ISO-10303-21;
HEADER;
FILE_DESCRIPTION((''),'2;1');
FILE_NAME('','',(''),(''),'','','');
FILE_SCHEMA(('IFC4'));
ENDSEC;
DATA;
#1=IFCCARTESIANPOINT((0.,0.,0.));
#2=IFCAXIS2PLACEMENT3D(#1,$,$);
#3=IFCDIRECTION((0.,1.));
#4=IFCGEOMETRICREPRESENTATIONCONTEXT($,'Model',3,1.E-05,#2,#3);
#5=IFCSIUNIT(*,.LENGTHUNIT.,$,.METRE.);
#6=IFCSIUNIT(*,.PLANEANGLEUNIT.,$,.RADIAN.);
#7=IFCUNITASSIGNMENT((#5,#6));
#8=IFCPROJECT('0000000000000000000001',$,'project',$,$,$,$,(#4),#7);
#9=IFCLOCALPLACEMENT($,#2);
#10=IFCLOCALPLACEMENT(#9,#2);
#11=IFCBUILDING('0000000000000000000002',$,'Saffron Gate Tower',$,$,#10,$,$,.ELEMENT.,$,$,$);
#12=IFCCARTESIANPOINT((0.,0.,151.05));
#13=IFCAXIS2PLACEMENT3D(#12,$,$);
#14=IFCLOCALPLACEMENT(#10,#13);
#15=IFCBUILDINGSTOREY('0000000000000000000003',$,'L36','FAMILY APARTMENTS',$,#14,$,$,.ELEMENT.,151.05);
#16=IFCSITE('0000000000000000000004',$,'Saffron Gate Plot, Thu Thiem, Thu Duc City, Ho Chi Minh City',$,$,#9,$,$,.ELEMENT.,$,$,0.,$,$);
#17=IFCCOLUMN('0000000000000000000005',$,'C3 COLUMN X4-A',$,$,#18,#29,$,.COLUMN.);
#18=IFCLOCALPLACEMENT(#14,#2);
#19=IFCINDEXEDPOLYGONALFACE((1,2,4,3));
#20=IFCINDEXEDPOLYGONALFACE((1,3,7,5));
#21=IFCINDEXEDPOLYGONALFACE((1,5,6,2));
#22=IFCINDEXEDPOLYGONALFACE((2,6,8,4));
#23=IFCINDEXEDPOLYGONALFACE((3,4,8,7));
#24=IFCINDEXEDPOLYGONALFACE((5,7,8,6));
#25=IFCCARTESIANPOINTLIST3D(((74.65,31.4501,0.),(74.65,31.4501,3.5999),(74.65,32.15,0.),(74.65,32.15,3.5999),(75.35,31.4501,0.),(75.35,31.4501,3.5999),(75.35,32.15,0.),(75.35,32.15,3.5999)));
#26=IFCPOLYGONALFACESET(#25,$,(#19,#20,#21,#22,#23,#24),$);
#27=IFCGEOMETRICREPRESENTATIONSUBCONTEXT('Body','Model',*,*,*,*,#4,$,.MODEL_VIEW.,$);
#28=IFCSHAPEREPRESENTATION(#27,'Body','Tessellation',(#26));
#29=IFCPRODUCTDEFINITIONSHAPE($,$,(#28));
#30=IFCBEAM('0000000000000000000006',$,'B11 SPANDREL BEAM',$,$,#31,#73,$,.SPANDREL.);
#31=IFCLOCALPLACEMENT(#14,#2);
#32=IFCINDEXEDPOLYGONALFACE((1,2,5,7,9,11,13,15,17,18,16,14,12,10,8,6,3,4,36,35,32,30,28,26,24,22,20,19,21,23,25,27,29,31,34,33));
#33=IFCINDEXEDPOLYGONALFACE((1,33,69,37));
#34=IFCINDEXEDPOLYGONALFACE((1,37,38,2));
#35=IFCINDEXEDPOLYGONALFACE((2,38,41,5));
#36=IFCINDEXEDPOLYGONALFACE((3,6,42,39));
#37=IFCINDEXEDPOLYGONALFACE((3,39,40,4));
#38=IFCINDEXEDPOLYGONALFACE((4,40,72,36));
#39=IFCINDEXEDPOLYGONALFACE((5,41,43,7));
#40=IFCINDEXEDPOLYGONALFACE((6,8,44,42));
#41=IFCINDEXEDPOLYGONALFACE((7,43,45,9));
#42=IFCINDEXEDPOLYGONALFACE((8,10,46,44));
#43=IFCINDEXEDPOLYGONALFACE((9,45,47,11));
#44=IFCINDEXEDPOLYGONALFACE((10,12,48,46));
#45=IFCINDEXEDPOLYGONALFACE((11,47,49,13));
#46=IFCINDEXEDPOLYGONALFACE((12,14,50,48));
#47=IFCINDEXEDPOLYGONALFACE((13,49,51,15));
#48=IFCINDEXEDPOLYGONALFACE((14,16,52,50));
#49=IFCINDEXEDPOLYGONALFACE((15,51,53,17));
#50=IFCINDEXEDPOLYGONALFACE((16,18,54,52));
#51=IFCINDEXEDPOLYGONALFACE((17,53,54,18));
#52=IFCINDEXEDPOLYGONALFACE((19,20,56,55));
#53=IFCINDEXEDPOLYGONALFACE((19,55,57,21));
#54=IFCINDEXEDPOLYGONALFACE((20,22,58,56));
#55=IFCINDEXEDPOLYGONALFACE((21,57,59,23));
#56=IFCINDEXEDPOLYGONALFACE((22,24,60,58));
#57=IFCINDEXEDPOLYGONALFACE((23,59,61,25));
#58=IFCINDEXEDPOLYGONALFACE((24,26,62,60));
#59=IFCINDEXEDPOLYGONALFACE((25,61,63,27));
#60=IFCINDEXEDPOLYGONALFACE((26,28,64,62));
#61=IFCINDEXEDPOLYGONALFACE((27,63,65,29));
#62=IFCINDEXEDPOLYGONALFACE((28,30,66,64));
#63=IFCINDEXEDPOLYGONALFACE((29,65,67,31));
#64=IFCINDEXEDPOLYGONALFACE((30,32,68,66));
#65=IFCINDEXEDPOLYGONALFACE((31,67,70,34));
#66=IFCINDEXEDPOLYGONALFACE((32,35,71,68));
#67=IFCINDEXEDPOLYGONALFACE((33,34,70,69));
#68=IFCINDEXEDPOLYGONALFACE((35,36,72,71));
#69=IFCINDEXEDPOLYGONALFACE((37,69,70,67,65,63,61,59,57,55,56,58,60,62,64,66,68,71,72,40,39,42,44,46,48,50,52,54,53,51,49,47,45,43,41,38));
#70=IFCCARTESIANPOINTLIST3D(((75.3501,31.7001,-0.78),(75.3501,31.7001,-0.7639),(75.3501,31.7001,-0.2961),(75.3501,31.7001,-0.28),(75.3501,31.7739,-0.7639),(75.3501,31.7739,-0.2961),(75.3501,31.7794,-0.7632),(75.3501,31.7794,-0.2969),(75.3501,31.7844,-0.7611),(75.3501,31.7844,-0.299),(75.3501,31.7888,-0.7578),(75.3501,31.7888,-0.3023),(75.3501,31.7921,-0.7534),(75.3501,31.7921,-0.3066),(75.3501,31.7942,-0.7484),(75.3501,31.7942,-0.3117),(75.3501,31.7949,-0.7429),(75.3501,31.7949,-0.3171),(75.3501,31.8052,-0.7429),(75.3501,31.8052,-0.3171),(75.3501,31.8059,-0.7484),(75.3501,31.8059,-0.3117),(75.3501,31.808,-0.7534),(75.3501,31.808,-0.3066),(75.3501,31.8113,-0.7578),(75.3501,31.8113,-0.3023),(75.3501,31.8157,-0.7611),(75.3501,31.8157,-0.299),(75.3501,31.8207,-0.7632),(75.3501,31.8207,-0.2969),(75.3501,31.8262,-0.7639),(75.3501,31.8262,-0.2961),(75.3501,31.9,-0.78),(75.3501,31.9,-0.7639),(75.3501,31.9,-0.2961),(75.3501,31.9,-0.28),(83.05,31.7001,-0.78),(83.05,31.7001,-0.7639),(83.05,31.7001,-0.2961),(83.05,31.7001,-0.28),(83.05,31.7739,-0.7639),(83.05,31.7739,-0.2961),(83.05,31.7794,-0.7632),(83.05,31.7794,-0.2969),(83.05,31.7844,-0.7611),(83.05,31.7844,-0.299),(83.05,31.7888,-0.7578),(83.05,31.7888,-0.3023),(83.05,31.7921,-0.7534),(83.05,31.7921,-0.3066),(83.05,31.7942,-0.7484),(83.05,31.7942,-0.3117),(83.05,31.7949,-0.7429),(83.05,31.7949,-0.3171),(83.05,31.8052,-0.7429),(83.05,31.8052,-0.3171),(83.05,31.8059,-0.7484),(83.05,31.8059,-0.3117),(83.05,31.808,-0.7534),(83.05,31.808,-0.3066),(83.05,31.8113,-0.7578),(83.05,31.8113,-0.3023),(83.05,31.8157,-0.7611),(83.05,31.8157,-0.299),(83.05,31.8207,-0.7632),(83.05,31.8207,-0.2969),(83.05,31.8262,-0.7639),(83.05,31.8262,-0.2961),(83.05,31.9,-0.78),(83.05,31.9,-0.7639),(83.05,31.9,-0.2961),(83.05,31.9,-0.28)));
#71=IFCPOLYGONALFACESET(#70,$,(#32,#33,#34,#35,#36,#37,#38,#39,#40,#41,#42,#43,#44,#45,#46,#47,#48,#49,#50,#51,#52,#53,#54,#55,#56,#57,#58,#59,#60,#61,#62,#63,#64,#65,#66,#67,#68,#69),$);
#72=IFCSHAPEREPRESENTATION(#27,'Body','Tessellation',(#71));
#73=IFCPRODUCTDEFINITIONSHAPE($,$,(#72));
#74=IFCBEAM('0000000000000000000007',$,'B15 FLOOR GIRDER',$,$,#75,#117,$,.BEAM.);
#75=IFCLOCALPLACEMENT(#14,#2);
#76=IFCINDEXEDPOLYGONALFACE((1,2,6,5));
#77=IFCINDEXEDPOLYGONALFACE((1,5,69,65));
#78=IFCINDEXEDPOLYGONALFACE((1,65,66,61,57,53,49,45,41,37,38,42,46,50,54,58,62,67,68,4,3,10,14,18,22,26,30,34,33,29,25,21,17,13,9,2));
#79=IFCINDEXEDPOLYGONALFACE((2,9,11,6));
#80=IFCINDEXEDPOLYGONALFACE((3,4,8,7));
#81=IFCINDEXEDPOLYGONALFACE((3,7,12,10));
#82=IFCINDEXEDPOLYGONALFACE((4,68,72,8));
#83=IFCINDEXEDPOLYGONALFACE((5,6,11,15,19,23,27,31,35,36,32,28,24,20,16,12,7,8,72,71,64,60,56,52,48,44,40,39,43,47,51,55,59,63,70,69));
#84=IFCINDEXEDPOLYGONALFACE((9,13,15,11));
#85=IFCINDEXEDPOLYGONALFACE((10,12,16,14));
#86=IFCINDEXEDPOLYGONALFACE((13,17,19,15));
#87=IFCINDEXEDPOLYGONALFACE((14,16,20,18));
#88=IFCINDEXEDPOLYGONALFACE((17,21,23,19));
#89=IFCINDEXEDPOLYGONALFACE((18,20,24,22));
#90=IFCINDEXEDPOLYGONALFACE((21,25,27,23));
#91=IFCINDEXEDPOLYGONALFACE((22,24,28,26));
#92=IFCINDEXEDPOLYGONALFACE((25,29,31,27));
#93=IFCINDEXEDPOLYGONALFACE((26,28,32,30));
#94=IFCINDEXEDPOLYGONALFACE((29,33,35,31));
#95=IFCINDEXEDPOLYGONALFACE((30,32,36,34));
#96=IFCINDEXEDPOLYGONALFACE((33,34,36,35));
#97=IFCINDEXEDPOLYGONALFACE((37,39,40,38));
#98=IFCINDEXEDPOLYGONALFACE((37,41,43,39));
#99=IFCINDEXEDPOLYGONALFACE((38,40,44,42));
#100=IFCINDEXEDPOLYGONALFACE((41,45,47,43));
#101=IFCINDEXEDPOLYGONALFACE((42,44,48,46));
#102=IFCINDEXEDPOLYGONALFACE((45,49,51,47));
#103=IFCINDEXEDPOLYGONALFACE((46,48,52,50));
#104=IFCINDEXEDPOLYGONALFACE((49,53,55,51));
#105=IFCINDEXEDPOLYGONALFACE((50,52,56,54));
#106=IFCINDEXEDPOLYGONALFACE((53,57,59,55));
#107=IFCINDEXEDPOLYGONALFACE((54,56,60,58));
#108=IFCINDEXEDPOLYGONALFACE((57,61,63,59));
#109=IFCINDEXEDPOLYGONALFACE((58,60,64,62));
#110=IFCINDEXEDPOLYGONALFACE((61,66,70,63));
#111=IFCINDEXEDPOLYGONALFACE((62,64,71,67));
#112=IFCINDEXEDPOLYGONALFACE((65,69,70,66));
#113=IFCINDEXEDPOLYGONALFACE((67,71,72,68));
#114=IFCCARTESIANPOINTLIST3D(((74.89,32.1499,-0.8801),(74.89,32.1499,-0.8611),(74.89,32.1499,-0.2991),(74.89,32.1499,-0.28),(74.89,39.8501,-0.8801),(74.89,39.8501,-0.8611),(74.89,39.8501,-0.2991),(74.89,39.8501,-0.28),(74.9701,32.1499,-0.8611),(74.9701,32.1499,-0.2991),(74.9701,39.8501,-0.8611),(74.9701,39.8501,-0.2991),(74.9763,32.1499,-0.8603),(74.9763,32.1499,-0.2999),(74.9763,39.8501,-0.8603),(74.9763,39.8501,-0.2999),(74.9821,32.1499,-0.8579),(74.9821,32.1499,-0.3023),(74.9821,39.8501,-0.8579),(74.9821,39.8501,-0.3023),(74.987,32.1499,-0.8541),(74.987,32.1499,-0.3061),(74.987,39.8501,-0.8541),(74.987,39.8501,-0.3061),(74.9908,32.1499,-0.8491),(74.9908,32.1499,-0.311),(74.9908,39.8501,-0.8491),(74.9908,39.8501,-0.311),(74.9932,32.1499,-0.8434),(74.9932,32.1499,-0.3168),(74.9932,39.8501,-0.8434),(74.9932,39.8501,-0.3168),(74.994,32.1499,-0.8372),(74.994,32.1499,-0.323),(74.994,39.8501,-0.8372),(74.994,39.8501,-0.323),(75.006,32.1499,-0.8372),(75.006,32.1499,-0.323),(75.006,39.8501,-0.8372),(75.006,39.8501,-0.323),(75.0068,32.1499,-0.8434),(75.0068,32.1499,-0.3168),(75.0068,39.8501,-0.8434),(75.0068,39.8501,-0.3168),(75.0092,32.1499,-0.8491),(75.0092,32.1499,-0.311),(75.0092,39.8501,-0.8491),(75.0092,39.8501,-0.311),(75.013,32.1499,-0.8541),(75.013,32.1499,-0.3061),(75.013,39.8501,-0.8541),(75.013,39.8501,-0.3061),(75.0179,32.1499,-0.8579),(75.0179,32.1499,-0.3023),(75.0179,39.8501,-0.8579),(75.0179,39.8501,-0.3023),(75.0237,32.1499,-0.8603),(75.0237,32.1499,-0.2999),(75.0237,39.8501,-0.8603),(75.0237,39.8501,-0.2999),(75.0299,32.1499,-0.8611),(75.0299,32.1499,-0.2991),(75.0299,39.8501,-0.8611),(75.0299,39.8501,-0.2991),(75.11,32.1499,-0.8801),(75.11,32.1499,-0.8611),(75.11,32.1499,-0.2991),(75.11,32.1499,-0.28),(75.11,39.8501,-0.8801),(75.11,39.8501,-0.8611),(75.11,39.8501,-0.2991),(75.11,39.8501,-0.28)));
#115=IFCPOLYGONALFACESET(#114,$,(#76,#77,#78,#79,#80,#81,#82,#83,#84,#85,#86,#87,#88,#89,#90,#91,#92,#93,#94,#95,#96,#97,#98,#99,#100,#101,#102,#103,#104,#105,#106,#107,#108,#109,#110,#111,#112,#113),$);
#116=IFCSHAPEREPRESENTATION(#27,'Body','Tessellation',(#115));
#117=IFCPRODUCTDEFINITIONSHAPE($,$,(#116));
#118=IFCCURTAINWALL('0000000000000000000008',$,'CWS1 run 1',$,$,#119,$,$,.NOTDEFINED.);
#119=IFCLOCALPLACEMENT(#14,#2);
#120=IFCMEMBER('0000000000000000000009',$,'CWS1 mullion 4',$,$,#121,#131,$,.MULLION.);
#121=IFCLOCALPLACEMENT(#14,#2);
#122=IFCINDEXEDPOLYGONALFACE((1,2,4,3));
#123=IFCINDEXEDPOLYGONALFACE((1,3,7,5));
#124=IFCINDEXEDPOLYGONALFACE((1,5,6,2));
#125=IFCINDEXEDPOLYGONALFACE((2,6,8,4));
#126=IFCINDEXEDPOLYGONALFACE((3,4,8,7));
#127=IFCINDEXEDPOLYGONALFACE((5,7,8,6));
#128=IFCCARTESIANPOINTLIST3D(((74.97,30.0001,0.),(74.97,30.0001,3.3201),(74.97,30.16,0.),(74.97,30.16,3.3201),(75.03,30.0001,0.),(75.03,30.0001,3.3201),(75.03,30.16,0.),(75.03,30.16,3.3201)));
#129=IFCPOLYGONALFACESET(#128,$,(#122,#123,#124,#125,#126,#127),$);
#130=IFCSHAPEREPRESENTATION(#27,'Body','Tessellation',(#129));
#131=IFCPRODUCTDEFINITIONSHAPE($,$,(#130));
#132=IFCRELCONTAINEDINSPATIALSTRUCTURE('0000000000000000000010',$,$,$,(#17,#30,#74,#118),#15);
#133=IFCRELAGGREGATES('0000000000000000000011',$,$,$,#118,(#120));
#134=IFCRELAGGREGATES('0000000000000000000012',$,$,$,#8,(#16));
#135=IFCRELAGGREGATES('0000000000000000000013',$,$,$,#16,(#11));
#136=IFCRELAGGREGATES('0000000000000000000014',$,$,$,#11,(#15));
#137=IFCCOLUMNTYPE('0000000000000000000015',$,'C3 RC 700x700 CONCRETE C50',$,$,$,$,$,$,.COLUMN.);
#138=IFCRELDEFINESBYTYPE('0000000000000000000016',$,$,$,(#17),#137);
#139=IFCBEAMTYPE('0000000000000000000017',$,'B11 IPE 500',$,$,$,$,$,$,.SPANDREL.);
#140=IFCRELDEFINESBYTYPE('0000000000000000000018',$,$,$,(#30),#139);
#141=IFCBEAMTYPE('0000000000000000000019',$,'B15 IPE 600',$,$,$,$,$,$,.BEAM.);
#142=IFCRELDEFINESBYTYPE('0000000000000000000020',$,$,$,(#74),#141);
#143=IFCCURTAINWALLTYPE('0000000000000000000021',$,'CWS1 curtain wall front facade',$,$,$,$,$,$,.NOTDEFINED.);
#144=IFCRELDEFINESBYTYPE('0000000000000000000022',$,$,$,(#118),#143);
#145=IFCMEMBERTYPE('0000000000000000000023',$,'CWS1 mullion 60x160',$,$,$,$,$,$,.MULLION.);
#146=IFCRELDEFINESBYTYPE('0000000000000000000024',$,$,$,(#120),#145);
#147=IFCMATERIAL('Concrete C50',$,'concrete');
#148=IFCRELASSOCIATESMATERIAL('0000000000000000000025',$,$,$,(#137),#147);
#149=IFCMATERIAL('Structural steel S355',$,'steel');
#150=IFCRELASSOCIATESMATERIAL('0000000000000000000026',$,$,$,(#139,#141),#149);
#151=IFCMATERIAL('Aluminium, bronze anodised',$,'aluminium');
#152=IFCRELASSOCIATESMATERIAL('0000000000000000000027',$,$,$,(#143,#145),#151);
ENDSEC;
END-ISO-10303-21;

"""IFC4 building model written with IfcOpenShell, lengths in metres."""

from ifc_helpers import new_model, si_unit, direction, frame, origin, origin_2d, place, context, subcontext, project, spatial, rectangle, i_section, extrude, material, material_profile, profile_set, type_object, element, aggregate, save


model = new_model("IFC4")

# Units and contexts
model_context = context("Model", 3, precision=1e-05, world=origin(), true_north=direction((0.0, 1.0)))
body_context = subcontext(model_context, "Body", "Model", "MODEL_VIEW")
ifc_project = project(units=[si_unit("LENGTHUNIT", "METRE"), si_unit("PLANEANGLEUNIT", "RADIAN")], contexts=[model_context])

# Site, building, storey
site_placement = place(None, origin())
site = spatial("IfcSite", under=ifc_project, at=site_placement, Name="Saffron Gate Plot, Thu Thiem, Thu Duc City, Ho Chi Minh City", CompositionType="ELEMENT", RefElevation=0.0)
building_placement = place(site_placement, origin())
building = spatial("IfcBuilding", under=site, at=building_placement, Name="Saffron Gate Tower", CompositionType="ELEMENT")
storey_placement = place(building_placement, frame((0.0, 0.0, 151.05)))
storey = spatial("IfcBuildingStorey", under=building, at=storey_placement, Name="L36", Description="FAMILY APARTMENTS", CompositionType="ELEMENT", Elevation=151.05)

# Column
ifc_material_1 = material(Name="Concrete C50", Category="concrete")
ifc_material_profile_1 = material_profile(ifc_material_1, rectangle(XDim=0.7, YDim=0.7, at=origin_2d()))
ifc_profile_set_1 = profile_set([ifc_material_profile_1], Name="Concrete C50")
column_type = type_object("IfcColumnType", Name="C3 RC 700x700 CONCRETE C50", PredefinedType="COLUMN", material=ifc_profile_set_1)
column_placement = place(storey_placement, frame((75.0, 31.8, 0.0), z_axis=(0.0, 0.0, 1.0), x_axis=(1.0, 0.0, 0.0)))
element("IfcColumn", 1, at=column_placement, inside=storey, type_object=column_type, Name="C3 COLUMN X4-A", PredefinedType="COLUMN", context=body_context, shape_type="SweptSolid", body=[
    extrude(rectangle(XDim=0.7, YDim=0.7, at=origin_2d()), origin(), (0.0, 0.0, 1.0), 3.5999),
])

# Beams
ifc_material_2 = material(Name="Structural steel S355", Category="steel")
ifc_material_profile_2 = material_profile(ifc_material_2, i_section(OverallWidth=0.2, OverallDepth=0.5, WebThickness=0.0103, FlangeThickness=0.0161, FilletRadius=0.021, at=origin_2d()))
ifc_profile_set_2 = profile_set([ifc_material_profile_2], Name="Structural steel S355")
beam_type_1 = type_object("IfcBeamType", Name="B11 IPE 500", PredefinedType="SPANDREL", material=ifc_profile_set_2)
beam_1_placement = place(storey_placement, frame((75.3501, 31.8, -0.53), z_axis=(1.0, 0.0, 0.0), x_axis=(0.0, 1.0, 0.0)))
element("IfcBeam", 2, at=beam_1_placement, inside=storey, type_object=beam_type_1, Name="B11 SPANDREL BEAM", PredefinedType="SPANDREL", context=body_context, shape_type="SweptSolid", body=[
    extrude(i_section(OverallWidth=0.2, OverallDepth=0.5, WebThickness=0.0103, FlangeThickness=0.0161, FilletRadius=0.021, at=origin_2d()), origin(), (0.0, 0.0, 1.0), 7.7),
])
ifc_material_profile_3 = material_profile(ifc_material_2, i_section(OverallWidth=0.22, OverallDepth=0.6001, WebThickness=0.012, FlangeThickness=0.019, FilletRadius=0.0239, at=origin_2d()))
ifc_profile_set_3 = profile_set([ifc_material_profile_3], Name="Structural steel S355")
beam_type_2 = type_object("IfcBeamType", Name="B15 IPE 600", PredefinedType="BEAM", material=ifc_profile_set_3)
beam_2_placement = place(storey_placement, frame((75.0, 32.1499, -0.5801), z_axis=(0.0, 1.0, 0.0), x_axis=(-1.0, 0.0, 0.0)))
element("IfcBeam", 3, at=beam_2_placement, inside=storey, type_object=beam_type_2, Name="B15 FLOOR GIRDER", PredefinedType="BEAM", context=body_context, shape_type="SweptSolid", body=[
    extrude(i_section(OverallWidth=0.22, OverallDepth=0.6001, WebThickness=0.012, FlangeThickness=0.019, FilletRadius=0.0239, at=origin_2d()), origin(), (0.0, 0.0, 1.0), 7.7002),
])

# Curtain wall, member
ifc_material_3 = material(Name="Aluminium, bronze anodised", Category="aluminium")
curtain_wall_type = type_object("IfcCurtainWallType", Name="CWS1 curtain wall front facade", PredefinedType="NOTDEFINED", material=ifc_material_3)
curtain_wall_placement = place(storey_placement, origin())
curtain_wall = element("IfcCurtainWall", 4, at=curtain_wall_placement, inside=storey, type_object=curtain_wall_type, Name="CWS1 run 1", PredefinedType="NOTDEFINED")
ifc_material_profile_4 = material_profile(ifc_material_3, rectangle(XDim=0.1599, YDim=0.0601, at=origin_2d()))
ifc_profile_set_4 = profile_set([ifc_material_profile_4], Name="Aluminium, bronze anodised")
member_type = type_object("IfcMemberType", Name="CWS1 mullion 60x160", PredefinedType="MULLION", material=ifc_profile_set_4)
member_placement = place(storey_placement, frame((75.0, 30.0801, 0.0), z_axis=(0.0, 0.0, 1.0), x_axis=(0.0, 1.0, 0.0)))
member = element("IfcMember", 5, at=member_placement, type_object=member_type, Name="CWS1 mullion 4", PredefinedType="MULLION", context=body_context, shape_type="SweptSolid", body=[
    extrude(rectangle(XDim=0.1599, YDim=0.0601, at=origin_2d()), origin(), (0.0, 0.0, 1.0), 3.3201),
])
aggregate(curtain_wall, [member])

save(model, "model.ifc")
